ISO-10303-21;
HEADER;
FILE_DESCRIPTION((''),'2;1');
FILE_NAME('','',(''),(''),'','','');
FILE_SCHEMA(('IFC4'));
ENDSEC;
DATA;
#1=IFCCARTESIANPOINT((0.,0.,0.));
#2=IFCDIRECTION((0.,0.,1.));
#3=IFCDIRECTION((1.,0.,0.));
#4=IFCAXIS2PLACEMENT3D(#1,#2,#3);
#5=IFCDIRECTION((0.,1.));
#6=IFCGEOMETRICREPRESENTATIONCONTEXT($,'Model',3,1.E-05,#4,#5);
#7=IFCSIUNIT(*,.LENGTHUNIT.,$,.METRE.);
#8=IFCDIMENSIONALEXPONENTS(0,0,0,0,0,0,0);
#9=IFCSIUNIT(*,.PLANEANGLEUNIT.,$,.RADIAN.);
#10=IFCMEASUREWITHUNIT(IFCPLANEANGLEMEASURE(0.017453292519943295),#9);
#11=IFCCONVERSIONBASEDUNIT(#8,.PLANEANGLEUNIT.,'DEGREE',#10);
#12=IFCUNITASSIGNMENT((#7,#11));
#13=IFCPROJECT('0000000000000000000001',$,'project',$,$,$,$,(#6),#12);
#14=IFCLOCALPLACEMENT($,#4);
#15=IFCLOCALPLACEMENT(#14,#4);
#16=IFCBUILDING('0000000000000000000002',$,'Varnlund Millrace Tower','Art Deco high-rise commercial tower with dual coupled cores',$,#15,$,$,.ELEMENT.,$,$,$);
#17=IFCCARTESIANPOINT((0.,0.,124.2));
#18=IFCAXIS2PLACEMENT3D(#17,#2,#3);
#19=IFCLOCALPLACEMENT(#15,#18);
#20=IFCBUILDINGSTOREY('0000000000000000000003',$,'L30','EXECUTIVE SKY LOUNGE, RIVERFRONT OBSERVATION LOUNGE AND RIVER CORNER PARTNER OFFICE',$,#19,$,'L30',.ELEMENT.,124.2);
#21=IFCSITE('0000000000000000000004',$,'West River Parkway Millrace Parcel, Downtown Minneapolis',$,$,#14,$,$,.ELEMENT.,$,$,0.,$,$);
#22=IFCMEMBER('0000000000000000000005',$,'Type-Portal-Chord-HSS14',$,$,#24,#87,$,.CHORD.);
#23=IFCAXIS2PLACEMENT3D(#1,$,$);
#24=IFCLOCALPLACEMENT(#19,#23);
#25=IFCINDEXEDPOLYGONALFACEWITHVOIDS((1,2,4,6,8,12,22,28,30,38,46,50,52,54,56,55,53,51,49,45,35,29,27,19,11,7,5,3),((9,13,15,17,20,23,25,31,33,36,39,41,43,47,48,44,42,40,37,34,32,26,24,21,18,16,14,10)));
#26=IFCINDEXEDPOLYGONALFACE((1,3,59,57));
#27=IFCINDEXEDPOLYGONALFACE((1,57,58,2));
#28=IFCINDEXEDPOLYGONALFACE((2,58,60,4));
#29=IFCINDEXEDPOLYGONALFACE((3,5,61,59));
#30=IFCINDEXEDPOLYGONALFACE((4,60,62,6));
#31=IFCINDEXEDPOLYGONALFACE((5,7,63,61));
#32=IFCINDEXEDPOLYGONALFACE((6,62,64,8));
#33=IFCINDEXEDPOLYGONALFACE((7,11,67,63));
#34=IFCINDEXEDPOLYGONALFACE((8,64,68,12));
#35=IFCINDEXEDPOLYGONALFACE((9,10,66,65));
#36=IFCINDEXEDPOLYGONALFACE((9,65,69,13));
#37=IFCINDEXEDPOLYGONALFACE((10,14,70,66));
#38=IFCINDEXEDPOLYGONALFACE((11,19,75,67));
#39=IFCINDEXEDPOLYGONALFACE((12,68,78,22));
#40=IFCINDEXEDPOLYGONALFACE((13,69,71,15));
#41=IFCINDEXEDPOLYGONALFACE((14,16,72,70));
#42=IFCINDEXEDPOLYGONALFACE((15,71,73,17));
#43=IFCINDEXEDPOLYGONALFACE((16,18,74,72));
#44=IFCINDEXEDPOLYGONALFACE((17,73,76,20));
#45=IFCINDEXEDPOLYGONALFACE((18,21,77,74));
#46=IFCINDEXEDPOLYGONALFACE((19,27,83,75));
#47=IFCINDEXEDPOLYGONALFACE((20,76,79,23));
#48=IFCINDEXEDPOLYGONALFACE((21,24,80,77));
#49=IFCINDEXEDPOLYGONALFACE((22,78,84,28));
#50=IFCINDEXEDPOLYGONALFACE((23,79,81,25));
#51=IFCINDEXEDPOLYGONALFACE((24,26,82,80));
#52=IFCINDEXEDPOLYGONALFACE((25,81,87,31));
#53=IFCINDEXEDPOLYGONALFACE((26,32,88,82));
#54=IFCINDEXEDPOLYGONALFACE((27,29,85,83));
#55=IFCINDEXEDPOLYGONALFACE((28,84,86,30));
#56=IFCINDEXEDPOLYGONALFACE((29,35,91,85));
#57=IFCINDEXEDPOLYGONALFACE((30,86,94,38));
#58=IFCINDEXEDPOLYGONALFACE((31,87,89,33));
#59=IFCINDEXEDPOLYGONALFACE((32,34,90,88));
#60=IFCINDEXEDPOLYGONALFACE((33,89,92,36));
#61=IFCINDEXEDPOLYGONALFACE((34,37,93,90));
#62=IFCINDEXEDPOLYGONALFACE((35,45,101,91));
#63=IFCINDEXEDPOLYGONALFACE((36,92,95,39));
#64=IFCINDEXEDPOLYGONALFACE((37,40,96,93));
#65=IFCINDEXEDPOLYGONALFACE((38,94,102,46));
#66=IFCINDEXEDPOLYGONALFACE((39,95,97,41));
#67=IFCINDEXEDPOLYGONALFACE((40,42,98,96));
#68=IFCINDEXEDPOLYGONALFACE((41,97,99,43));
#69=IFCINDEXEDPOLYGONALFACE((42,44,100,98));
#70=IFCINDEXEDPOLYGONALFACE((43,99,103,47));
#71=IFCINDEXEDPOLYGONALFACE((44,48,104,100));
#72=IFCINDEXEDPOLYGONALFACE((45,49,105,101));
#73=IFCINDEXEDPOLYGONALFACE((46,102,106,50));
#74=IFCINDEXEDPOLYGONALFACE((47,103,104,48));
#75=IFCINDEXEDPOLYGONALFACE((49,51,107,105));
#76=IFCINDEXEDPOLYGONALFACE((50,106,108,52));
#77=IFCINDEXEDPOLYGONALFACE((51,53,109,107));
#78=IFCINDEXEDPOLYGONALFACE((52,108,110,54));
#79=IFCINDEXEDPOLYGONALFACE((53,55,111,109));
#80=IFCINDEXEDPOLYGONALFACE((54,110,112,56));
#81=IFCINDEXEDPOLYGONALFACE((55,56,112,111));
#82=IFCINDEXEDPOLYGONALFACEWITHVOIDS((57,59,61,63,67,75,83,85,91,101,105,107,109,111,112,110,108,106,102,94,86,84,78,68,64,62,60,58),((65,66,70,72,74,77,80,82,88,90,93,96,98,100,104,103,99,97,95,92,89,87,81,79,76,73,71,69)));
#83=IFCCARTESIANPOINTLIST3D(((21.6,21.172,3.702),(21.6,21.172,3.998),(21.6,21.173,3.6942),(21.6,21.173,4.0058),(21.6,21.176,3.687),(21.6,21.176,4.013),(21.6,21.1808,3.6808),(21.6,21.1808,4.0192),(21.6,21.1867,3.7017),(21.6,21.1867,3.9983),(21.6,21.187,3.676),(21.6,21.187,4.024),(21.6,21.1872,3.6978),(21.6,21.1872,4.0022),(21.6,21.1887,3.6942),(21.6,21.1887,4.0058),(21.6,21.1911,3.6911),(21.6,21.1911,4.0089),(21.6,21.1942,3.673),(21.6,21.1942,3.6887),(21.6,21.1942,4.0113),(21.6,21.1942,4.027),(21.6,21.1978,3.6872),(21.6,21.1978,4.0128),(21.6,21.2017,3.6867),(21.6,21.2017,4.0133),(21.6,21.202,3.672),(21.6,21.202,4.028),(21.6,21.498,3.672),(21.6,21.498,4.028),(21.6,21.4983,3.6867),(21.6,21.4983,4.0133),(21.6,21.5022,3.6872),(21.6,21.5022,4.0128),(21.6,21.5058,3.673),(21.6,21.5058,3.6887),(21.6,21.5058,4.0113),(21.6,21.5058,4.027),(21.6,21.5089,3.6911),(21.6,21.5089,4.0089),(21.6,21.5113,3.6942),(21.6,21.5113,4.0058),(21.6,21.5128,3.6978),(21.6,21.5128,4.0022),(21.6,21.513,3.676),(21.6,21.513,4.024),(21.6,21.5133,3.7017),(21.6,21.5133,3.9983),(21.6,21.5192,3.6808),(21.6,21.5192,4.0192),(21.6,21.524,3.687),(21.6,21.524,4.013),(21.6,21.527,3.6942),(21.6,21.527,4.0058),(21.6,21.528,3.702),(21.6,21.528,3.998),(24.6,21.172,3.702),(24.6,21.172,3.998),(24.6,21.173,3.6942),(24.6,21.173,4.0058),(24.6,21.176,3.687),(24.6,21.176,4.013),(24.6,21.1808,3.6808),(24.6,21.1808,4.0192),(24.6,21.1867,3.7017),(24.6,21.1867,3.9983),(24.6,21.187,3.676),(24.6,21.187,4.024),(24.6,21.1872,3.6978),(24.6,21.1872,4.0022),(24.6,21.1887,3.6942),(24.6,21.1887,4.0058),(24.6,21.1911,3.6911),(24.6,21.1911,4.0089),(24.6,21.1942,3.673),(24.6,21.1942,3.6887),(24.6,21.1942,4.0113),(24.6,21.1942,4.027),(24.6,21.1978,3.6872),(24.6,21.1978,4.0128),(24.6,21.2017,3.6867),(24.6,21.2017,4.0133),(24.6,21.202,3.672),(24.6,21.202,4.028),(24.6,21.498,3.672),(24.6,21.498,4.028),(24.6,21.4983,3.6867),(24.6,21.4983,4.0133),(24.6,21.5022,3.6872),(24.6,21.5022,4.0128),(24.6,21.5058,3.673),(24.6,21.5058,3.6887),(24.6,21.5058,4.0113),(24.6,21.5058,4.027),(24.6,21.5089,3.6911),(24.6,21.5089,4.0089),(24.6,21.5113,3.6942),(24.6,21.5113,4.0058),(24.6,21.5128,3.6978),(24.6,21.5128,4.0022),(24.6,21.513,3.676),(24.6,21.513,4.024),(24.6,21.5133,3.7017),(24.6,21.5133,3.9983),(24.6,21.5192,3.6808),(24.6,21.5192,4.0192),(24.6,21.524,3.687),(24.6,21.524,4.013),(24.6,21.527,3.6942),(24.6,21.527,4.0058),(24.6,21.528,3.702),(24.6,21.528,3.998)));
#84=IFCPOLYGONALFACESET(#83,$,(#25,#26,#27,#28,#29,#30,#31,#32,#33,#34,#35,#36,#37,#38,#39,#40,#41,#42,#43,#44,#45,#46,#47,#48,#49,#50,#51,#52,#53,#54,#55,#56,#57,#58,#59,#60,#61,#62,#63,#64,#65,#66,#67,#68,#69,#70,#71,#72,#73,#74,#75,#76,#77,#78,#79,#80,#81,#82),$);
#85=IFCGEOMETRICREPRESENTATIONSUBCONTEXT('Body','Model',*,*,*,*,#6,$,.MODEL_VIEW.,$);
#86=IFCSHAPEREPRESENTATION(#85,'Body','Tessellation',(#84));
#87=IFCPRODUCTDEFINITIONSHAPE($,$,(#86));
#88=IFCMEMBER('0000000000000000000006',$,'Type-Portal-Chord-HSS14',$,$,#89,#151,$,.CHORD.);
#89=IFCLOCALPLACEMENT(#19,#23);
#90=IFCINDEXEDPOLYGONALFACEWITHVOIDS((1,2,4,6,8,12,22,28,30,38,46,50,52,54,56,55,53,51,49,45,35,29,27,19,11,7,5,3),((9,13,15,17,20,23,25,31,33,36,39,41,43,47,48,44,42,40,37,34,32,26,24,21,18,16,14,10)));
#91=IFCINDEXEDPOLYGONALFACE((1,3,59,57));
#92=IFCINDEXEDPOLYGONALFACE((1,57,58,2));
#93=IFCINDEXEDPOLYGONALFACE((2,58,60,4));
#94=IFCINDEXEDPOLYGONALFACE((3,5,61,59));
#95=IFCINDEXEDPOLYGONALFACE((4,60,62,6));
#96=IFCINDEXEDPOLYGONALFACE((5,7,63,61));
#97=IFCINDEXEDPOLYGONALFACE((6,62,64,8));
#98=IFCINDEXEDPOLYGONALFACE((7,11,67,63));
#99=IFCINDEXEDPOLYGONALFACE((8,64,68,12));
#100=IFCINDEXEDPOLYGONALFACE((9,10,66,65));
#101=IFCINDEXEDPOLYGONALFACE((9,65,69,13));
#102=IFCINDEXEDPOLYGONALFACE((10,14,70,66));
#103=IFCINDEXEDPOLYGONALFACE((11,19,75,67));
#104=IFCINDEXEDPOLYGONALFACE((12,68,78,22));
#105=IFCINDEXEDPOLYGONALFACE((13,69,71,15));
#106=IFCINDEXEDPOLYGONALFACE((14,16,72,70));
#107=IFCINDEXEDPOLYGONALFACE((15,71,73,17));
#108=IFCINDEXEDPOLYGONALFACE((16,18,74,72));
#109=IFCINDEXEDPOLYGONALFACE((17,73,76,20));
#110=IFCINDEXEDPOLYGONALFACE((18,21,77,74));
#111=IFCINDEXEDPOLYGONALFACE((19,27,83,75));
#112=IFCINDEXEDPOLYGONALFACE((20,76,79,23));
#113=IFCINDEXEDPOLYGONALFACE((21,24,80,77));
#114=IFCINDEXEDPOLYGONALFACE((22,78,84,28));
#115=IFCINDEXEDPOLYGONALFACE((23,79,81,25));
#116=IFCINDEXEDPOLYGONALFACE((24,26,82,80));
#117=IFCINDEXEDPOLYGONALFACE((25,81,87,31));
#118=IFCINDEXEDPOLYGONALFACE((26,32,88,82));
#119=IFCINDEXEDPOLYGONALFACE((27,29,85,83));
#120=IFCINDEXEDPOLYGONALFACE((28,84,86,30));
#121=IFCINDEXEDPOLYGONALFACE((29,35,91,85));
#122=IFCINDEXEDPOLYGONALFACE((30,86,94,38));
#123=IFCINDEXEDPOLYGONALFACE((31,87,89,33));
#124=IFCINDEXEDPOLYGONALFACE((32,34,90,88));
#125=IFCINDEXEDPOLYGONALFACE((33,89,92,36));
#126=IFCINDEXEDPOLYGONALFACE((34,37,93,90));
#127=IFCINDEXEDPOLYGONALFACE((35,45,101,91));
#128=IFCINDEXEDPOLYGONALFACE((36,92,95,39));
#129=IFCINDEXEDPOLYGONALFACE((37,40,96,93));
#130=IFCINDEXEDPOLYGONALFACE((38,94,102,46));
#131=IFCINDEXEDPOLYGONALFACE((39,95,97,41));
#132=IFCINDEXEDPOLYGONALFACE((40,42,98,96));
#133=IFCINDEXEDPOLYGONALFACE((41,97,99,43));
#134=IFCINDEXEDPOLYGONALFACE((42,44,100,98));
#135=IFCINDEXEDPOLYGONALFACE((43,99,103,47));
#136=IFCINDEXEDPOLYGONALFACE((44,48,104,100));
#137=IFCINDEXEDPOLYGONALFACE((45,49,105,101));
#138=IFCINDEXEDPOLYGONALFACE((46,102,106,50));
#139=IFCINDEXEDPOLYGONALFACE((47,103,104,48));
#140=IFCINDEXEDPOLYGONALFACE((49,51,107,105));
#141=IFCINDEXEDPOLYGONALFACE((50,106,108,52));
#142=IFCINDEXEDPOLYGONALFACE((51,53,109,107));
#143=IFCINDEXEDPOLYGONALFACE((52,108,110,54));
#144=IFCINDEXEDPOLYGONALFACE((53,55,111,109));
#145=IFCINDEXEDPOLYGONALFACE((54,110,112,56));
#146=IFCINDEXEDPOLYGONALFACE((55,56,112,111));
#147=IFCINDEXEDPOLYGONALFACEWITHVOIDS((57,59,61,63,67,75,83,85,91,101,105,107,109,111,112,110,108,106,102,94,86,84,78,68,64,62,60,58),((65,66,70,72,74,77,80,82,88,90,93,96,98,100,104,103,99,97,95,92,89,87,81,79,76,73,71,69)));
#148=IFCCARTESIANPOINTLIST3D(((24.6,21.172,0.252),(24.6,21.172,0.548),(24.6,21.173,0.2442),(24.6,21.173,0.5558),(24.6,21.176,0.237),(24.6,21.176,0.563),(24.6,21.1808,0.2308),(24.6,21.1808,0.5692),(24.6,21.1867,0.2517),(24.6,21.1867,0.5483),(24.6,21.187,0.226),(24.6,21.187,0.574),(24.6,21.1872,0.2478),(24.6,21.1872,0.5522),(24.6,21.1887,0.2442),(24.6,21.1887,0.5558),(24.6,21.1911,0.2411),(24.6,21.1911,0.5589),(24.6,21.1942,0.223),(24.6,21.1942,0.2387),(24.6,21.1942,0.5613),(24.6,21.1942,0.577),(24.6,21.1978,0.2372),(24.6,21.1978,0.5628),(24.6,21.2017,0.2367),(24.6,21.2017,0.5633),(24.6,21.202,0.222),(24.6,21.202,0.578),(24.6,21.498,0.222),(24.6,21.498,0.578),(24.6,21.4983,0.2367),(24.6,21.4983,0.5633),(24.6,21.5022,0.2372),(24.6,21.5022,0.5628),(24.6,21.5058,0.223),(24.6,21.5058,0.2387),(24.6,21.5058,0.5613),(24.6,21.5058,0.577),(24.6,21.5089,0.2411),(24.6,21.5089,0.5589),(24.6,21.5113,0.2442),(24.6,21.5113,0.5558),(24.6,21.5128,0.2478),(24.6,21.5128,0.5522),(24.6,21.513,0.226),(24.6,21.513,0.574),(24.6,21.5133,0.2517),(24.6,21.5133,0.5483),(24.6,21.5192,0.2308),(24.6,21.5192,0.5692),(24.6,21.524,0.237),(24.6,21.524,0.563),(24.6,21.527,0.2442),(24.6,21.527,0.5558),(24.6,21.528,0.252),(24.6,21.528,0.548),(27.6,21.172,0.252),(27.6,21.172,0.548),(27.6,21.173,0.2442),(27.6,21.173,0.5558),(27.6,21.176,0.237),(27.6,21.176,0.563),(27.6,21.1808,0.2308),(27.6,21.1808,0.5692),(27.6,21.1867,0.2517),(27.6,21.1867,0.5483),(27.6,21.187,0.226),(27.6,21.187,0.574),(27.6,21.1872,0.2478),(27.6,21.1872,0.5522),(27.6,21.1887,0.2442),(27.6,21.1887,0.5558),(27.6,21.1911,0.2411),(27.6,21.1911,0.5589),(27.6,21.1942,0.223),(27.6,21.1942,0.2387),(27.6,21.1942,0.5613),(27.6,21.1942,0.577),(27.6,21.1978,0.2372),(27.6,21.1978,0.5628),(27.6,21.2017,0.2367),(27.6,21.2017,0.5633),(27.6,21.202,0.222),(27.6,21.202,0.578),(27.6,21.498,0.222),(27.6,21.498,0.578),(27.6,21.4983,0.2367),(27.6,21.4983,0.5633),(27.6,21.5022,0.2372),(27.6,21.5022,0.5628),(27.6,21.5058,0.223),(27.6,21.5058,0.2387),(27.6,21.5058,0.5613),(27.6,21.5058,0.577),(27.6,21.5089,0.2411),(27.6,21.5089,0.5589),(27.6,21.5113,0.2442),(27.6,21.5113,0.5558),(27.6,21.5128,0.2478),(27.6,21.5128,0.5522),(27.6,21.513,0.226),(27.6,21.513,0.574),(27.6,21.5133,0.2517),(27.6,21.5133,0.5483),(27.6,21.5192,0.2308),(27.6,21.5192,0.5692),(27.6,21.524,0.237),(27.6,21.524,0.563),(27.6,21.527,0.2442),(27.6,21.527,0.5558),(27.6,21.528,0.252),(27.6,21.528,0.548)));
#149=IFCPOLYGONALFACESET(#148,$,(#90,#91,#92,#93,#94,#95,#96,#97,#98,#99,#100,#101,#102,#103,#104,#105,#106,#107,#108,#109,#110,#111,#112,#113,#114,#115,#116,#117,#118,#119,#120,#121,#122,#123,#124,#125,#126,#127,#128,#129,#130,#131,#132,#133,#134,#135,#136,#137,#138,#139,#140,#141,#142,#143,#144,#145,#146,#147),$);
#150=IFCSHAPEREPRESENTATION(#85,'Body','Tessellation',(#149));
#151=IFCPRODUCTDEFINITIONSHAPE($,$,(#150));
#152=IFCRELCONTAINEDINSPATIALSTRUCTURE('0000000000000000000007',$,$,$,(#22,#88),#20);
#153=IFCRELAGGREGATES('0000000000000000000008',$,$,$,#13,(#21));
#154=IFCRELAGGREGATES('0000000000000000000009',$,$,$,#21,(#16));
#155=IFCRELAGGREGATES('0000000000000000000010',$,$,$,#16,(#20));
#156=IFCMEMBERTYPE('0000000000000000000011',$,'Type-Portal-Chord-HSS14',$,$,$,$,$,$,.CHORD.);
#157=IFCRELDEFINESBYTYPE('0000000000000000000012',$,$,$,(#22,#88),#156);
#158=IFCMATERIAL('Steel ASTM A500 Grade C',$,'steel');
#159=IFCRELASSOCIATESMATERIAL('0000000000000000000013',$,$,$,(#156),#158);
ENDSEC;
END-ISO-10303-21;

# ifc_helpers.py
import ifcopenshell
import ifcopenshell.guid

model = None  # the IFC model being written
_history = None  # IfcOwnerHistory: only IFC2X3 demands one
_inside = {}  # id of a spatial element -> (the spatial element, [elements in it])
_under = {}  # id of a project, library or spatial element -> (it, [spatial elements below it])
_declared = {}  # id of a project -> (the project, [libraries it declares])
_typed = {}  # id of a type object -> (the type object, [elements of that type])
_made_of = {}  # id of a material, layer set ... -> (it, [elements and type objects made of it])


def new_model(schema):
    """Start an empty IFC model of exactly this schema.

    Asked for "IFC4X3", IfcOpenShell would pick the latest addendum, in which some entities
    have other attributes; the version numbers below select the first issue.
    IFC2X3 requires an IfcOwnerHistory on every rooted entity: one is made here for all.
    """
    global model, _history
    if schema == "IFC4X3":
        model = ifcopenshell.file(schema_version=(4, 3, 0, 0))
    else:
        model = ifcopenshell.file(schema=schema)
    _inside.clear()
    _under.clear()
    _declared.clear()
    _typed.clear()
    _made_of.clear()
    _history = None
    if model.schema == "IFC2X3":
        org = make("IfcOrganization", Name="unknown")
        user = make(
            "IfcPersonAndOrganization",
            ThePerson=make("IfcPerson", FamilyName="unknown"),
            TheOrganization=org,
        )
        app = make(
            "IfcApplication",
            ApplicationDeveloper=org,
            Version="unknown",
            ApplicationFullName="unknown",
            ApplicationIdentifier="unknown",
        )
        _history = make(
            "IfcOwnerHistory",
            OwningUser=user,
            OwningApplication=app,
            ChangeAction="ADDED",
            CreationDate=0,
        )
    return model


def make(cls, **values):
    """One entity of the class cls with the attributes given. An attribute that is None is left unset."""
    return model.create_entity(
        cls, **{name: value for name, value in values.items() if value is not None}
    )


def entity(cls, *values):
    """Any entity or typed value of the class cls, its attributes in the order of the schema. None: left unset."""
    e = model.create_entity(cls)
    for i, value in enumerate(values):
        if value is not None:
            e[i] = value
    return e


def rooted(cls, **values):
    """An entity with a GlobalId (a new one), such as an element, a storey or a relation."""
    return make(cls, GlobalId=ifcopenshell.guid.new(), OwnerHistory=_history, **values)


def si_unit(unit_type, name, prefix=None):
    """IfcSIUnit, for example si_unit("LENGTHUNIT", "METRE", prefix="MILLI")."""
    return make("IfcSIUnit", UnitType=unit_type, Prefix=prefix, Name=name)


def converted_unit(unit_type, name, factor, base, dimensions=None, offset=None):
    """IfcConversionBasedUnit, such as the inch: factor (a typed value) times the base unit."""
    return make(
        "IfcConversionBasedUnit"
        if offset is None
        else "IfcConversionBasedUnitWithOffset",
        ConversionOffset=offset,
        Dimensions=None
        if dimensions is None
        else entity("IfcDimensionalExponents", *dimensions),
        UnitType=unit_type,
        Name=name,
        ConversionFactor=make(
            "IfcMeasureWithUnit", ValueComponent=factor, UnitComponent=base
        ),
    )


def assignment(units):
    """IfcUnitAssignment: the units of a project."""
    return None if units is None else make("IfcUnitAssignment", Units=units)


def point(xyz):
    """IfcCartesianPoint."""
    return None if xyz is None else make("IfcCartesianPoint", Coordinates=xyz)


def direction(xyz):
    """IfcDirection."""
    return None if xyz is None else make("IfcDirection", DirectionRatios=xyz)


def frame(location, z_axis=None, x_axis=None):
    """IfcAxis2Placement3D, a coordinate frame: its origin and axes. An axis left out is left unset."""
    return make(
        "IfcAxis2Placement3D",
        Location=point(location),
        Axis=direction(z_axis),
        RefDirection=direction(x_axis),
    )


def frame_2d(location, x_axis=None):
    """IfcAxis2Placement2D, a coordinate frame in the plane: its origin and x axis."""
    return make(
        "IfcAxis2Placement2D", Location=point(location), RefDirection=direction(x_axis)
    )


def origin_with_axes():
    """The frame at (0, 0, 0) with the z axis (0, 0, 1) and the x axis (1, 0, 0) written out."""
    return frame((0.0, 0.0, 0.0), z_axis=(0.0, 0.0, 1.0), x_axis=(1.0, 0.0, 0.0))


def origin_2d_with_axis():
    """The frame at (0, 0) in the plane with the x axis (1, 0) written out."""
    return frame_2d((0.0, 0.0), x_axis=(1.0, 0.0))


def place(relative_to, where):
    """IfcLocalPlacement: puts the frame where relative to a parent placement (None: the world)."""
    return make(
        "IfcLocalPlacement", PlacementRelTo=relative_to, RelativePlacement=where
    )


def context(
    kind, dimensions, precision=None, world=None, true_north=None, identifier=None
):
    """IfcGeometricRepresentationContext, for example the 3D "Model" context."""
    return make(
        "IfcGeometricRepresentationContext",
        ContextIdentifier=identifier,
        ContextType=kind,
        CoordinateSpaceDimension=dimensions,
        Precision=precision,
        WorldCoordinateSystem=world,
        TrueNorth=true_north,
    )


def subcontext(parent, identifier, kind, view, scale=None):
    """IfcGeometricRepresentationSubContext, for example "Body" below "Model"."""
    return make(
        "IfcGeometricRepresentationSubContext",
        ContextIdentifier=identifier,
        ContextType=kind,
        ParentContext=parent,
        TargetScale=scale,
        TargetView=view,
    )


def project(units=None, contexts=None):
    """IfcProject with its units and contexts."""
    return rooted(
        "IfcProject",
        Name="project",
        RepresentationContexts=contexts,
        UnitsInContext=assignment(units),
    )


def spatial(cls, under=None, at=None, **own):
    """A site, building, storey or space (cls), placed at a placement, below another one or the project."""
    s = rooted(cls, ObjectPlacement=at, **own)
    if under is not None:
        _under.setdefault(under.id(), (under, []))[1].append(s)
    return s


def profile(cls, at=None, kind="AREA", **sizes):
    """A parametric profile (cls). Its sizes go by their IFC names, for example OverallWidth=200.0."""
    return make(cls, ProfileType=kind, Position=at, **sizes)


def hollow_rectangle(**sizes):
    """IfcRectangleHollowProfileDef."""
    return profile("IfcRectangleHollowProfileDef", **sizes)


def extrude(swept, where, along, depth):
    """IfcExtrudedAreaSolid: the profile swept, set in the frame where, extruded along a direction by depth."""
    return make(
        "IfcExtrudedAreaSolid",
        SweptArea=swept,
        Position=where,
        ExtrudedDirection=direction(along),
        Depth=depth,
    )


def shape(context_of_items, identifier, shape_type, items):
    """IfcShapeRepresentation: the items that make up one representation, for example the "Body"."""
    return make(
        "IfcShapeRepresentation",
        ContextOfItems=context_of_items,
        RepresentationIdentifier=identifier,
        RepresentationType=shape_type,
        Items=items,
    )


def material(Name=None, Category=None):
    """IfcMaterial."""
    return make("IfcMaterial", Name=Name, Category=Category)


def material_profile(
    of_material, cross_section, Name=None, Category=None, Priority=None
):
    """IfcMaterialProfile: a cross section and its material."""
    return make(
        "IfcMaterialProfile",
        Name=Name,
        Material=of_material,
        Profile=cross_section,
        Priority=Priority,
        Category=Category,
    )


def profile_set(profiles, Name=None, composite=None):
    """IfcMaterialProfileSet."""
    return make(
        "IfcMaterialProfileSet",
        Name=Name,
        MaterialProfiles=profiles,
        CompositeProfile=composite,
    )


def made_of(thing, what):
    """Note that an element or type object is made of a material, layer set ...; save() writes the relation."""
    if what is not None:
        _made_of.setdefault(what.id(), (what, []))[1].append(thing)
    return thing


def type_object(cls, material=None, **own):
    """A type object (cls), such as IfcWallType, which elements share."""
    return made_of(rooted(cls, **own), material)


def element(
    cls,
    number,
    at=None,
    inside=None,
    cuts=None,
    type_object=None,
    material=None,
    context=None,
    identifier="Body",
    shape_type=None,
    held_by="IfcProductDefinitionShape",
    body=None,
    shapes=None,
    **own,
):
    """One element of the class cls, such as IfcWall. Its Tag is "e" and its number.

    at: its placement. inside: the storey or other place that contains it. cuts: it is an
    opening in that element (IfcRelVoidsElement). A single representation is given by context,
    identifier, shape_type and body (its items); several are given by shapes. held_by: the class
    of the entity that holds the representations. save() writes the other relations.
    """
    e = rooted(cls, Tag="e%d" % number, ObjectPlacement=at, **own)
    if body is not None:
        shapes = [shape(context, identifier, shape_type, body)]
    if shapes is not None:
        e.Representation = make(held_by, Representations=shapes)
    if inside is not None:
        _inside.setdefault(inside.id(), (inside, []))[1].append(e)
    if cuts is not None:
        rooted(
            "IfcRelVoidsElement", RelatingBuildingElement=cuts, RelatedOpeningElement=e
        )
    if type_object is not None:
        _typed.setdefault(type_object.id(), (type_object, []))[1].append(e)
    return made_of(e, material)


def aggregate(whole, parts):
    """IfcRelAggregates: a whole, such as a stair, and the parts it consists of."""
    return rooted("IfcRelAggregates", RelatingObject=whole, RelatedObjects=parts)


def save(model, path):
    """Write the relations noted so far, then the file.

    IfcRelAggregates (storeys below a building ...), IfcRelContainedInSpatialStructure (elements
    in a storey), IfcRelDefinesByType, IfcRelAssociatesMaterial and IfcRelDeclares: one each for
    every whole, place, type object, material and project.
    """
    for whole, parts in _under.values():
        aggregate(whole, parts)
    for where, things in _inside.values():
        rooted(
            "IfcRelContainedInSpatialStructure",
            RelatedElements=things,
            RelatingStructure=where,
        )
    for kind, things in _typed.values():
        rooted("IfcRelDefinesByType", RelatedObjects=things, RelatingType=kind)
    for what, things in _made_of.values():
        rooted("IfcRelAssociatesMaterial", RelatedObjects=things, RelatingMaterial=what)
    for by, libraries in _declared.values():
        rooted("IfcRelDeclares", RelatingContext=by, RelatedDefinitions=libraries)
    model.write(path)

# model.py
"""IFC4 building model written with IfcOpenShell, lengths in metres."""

from ifc_helpers import new_model, entity, si_unit, converted_unit, direction, frame, origin_with_axes, origin_2d_with_axis, place, context, subcontext, project, spatial, hollow_rectangle, extrude, material, material_profile, profile_set, type_object, element, save


model = new_model("IFC4")

# Units and contexts
model_context = context("Model", 3, precision=1e-05, world=origin_with_axes(), true_north=direction((0.0, 1.0)))
body_context = subcontext(model_context, "Body", "Model", "MODEL_VIEW")
ifc_project = project(units=[si_unit("LENGTHUNIT", "METRE"), converted_unit("PLANEANGLEUNIT", "DEGREE", entity("IfcPlaneAngleMeasure", 0.017453292519943295), si_unit("PLANEANGLEUNIT", "RADIAN"), dimensions=[0, 0, 0, 0, 0, 0, 0])], contexts=[model_context])

# Site, building, storey
site_placement = place(None, origin_with_axes())
site = spatial("IfcSite", under=ifc_project, at=site_placement, Name="West River Parkway Millrace Parcel, Downtown Minneapolis", CompositionType="ELEMENT", RefElevation=0.0)
building_placement = place(site_placement, origin_with_axes())
building = spatial("IfcBuilding", under=site, at=building_placement, Name="Varnlund Millrace Tower", Description="Art Deco high-rise commercial tower with dual coupled cores", CompositionType="ELEMENT")
storey_placement = place(building_placement, frame((0.0, 0.0, 124.2), z_axis=(0.0, 0.0, 1.0), x_axis=(1.0, 0.0, 0.0)))
storey = spatial("IfcBuildingStorey", under=building, at=storey_placement, Name="L30", Description="EXECUTIVE SKY LOUNGE, RIVERFRONT OBSERVATION LOUNGE AND RIVER CORNER PARTNER OFFICE", LongName="L30", CompositionType="ELEMENT", Elevation=124.2)

# Members
ifc_material_1 = material(Name="Steel ASTM A500 Grade C", Category="steel")
ifc_material_profile_1 = material_profile(ifc_material_1, hollow_rectangle(XDim=0.356, YDim=0.356, WallThickness=0.0147, InnerFilletRadius=0.015, OuterFilletRadius=0.03, at=origin_2d_with_axis()), Name="Steel ASTM A500 Grade C")
ifc_profile_set_1 = profile_set([ifc_material_profile_1], Name="Steel ASTM A500 Grade C")
member_type_1 = type_object("IfcMemberType", Name="Type-Portal-Chord-HSS14", PredefinedType="CHORD", material=ifc_profile_set_1)
for number, where, z_axis, x_axis, name in (
    (1, (21.6, 21.35, 3.85), (1.0, 0.0, 0.0), (0.0, 1.0, 0.0), "Type-Portal-Chord-HSS14"),
    (2, (24.6, 21.35, 0.4), (1.0, 0.0, 0.0), (0.0, 1.0, 0.0), "Type-Portal-Chord-HSS14"),
):
    element("IfcMember", number, at=place(storey_placement, frame(where, z_axis=z_axis, x_axis=x_axis)), inside=storey, type_object=member_type_1, Name=name, PredefinedType="CHORD", context=body_context, shape_type="SweptSolid", body=[
        extrude(hollow_rectangle(XDim=0.356, YDim=0.356, WallThickness=0.0147, InnerFilletRadius=0.015, OuterFilletRadius=0.03, at=origin_2d_with_axis()), origin_with_axes(), (0.0, 0.0, 1.0), 3.0),
    ])

save(model, "model.ifc")
